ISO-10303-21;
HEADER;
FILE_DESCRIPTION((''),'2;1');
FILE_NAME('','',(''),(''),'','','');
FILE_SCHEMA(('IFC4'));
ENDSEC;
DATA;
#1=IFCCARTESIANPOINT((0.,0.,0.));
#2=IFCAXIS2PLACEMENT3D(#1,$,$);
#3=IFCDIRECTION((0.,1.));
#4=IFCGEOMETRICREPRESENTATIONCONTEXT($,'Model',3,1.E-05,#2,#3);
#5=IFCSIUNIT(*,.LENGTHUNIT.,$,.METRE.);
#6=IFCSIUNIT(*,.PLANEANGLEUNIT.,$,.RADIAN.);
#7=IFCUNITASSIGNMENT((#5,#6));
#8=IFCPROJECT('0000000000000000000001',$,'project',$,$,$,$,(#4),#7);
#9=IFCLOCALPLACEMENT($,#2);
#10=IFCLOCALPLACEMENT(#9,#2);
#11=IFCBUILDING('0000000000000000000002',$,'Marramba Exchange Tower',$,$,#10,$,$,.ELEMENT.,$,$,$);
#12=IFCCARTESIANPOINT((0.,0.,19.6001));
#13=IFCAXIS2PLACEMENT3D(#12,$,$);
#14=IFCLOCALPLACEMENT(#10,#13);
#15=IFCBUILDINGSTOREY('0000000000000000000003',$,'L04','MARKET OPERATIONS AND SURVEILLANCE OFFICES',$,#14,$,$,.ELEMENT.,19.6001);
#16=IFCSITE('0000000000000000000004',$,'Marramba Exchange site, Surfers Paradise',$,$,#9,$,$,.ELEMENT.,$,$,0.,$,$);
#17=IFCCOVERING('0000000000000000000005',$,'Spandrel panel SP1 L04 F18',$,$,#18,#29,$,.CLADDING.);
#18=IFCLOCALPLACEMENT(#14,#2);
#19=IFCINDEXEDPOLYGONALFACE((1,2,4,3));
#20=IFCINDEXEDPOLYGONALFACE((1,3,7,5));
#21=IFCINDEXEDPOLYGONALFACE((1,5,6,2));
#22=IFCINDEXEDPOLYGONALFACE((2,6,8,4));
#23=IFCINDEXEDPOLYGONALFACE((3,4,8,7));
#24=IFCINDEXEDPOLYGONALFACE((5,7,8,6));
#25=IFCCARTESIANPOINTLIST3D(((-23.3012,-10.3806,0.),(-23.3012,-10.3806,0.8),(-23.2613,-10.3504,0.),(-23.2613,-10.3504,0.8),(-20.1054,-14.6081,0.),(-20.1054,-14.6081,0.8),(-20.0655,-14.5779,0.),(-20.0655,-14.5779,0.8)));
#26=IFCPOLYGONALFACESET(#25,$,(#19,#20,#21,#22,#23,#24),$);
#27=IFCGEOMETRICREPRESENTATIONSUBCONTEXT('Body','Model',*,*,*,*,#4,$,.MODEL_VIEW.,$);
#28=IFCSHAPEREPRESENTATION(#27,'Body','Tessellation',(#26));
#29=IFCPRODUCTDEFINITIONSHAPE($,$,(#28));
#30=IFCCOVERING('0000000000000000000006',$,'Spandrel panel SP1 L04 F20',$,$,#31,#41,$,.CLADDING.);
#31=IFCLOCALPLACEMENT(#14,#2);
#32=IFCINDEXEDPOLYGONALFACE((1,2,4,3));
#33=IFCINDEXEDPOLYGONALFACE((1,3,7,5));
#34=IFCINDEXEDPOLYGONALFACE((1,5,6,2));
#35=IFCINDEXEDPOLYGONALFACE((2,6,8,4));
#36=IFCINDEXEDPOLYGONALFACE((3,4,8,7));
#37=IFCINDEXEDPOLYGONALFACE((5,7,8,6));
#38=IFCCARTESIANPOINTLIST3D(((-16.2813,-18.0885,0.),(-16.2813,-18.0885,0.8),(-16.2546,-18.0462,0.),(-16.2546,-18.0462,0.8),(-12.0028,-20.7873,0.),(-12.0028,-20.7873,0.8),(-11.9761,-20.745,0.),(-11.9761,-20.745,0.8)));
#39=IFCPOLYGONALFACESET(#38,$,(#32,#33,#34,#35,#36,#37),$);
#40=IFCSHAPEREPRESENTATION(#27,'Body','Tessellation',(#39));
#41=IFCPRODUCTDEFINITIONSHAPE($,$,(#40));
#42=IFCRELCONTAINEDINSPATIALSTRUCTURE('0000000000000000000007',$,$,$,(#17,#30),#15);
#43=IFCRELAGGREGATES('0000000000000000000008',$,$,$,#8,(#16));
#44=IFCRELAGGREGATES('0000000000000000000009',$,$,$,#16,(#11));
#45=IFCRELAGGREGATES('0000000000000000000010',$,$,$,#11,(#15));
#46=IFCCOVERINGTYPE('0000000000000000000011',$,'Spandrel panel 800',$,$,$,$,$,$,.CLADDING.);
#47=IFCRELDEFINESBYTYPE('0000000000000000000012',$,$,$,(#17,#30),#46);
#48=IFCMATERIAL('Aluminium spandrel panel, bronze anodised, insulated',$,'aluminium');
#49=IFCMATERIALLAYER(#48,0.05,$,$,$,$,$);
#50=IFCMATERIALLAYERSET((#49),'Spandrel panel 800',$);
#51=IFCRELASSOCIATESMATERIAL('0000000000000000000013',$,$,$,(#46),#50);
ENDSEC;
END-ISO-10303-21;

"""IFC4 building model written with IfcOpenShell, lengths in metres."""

from ifc_helpers import new_model, si_unit, direction, frame, origin, origin_2d, place, context, subcontext, project, spatial, rectangle, extrude, material, layer, layer_set, type_object, element, save


model = new_model("IFC4")

# Units and contexts
model_context = context("Model", 3, precision=1e-05, world=origin(), true_north=direction((0.0, 1.0)))
body_context = subcontext(model_context, "Body", "Model", "MODEL_VIEW")
ifc_project = project(units=[si_unit("LENGTHUNIT", "METRE"), si_unit("PLANEANGLEUNIT", "RADIAN")], contexts=[model_context])

# Site, building, storey
site_placement = place(None, origin())
site = spatial("IfcSite", under=ifc_project, at=site_placement, Name="Marramba Exchange site, Surfers Paradise", CompositionType="ELEMENT", RefElevation=0.0)
building_placement = place(site_placement, origin())
building = spatial("IfcBuilding", under=site, at=building_placement, Name="Marramba Exchange Tower", CompositionType="ELEMENT")
storey_placement = place(building_placement, frame((0.0, 0.0, 19.6001)))
storey = spatial("IfcBuildingStorey", under=building, at=storey_placement, Name="L04", Description="MARKET OPERATIONS AND SURVEILLANCE OFFICES", CompositionType="ELEMENT", Elevation=19.6001)

# Coverings
ifc_material_1 = material(Name="Aluminium spandrel panel, bronze anodised, insulated", Category="aluminium")
ifc_layer_1 = layer(ifc_material_1, 0.05)
ifc_layer_set_1 = layer_set([ifc_layer_1], Name="Spandrel panel 800")
covering_type = type_object("IfcCoveringType", Name="Spandrel panel 800", PredefinedType="CLADDING", material=ifc_layer_set_1)
covering_1_placement = place(storey_placement, frame((-21.6833, -12.4792, 0.0), z_axis=(0.0, 0.0, 1.0), x_axis=(0.60304, -0.797711, 0.0)))
element("IfcCovering", 1, at=covering_1_placement, inside=storey, type_object=covering_type, Name="Spandrel panel SP1 L04 F18", PredefinedType="CLADDING", context=body_context, shape_type="SweptSolid", body=[
    extrude(rectangle(XDim=5.2996, YDim=0.05, at=origin_2d()), origin(), (0.0, 0.0, 1.0), 0.8),
])
covering_2_placement = place(storey_placement, frame((-14.1287, -19.4167, 0.0), z_axis=(0.0, 0.0, 1.0), x_axis=(0.845791, -0.533515, 0.0)))
element("IfcCovering", 2, at=covering_2_placement, inside=storey, type_object=covering_type, Name="Spandrel panel SP1 L04 F20", PredefinedType="CLADDING", context=body_context, shape_type="SweptSolid", body=[
    extrude(rectangle(XDim=5.0586, YDim=0.05, at=origin_2d()), origin(), (0.0, 0.0, 1.0), 0.8),
])

save(model, "model.ifc")
